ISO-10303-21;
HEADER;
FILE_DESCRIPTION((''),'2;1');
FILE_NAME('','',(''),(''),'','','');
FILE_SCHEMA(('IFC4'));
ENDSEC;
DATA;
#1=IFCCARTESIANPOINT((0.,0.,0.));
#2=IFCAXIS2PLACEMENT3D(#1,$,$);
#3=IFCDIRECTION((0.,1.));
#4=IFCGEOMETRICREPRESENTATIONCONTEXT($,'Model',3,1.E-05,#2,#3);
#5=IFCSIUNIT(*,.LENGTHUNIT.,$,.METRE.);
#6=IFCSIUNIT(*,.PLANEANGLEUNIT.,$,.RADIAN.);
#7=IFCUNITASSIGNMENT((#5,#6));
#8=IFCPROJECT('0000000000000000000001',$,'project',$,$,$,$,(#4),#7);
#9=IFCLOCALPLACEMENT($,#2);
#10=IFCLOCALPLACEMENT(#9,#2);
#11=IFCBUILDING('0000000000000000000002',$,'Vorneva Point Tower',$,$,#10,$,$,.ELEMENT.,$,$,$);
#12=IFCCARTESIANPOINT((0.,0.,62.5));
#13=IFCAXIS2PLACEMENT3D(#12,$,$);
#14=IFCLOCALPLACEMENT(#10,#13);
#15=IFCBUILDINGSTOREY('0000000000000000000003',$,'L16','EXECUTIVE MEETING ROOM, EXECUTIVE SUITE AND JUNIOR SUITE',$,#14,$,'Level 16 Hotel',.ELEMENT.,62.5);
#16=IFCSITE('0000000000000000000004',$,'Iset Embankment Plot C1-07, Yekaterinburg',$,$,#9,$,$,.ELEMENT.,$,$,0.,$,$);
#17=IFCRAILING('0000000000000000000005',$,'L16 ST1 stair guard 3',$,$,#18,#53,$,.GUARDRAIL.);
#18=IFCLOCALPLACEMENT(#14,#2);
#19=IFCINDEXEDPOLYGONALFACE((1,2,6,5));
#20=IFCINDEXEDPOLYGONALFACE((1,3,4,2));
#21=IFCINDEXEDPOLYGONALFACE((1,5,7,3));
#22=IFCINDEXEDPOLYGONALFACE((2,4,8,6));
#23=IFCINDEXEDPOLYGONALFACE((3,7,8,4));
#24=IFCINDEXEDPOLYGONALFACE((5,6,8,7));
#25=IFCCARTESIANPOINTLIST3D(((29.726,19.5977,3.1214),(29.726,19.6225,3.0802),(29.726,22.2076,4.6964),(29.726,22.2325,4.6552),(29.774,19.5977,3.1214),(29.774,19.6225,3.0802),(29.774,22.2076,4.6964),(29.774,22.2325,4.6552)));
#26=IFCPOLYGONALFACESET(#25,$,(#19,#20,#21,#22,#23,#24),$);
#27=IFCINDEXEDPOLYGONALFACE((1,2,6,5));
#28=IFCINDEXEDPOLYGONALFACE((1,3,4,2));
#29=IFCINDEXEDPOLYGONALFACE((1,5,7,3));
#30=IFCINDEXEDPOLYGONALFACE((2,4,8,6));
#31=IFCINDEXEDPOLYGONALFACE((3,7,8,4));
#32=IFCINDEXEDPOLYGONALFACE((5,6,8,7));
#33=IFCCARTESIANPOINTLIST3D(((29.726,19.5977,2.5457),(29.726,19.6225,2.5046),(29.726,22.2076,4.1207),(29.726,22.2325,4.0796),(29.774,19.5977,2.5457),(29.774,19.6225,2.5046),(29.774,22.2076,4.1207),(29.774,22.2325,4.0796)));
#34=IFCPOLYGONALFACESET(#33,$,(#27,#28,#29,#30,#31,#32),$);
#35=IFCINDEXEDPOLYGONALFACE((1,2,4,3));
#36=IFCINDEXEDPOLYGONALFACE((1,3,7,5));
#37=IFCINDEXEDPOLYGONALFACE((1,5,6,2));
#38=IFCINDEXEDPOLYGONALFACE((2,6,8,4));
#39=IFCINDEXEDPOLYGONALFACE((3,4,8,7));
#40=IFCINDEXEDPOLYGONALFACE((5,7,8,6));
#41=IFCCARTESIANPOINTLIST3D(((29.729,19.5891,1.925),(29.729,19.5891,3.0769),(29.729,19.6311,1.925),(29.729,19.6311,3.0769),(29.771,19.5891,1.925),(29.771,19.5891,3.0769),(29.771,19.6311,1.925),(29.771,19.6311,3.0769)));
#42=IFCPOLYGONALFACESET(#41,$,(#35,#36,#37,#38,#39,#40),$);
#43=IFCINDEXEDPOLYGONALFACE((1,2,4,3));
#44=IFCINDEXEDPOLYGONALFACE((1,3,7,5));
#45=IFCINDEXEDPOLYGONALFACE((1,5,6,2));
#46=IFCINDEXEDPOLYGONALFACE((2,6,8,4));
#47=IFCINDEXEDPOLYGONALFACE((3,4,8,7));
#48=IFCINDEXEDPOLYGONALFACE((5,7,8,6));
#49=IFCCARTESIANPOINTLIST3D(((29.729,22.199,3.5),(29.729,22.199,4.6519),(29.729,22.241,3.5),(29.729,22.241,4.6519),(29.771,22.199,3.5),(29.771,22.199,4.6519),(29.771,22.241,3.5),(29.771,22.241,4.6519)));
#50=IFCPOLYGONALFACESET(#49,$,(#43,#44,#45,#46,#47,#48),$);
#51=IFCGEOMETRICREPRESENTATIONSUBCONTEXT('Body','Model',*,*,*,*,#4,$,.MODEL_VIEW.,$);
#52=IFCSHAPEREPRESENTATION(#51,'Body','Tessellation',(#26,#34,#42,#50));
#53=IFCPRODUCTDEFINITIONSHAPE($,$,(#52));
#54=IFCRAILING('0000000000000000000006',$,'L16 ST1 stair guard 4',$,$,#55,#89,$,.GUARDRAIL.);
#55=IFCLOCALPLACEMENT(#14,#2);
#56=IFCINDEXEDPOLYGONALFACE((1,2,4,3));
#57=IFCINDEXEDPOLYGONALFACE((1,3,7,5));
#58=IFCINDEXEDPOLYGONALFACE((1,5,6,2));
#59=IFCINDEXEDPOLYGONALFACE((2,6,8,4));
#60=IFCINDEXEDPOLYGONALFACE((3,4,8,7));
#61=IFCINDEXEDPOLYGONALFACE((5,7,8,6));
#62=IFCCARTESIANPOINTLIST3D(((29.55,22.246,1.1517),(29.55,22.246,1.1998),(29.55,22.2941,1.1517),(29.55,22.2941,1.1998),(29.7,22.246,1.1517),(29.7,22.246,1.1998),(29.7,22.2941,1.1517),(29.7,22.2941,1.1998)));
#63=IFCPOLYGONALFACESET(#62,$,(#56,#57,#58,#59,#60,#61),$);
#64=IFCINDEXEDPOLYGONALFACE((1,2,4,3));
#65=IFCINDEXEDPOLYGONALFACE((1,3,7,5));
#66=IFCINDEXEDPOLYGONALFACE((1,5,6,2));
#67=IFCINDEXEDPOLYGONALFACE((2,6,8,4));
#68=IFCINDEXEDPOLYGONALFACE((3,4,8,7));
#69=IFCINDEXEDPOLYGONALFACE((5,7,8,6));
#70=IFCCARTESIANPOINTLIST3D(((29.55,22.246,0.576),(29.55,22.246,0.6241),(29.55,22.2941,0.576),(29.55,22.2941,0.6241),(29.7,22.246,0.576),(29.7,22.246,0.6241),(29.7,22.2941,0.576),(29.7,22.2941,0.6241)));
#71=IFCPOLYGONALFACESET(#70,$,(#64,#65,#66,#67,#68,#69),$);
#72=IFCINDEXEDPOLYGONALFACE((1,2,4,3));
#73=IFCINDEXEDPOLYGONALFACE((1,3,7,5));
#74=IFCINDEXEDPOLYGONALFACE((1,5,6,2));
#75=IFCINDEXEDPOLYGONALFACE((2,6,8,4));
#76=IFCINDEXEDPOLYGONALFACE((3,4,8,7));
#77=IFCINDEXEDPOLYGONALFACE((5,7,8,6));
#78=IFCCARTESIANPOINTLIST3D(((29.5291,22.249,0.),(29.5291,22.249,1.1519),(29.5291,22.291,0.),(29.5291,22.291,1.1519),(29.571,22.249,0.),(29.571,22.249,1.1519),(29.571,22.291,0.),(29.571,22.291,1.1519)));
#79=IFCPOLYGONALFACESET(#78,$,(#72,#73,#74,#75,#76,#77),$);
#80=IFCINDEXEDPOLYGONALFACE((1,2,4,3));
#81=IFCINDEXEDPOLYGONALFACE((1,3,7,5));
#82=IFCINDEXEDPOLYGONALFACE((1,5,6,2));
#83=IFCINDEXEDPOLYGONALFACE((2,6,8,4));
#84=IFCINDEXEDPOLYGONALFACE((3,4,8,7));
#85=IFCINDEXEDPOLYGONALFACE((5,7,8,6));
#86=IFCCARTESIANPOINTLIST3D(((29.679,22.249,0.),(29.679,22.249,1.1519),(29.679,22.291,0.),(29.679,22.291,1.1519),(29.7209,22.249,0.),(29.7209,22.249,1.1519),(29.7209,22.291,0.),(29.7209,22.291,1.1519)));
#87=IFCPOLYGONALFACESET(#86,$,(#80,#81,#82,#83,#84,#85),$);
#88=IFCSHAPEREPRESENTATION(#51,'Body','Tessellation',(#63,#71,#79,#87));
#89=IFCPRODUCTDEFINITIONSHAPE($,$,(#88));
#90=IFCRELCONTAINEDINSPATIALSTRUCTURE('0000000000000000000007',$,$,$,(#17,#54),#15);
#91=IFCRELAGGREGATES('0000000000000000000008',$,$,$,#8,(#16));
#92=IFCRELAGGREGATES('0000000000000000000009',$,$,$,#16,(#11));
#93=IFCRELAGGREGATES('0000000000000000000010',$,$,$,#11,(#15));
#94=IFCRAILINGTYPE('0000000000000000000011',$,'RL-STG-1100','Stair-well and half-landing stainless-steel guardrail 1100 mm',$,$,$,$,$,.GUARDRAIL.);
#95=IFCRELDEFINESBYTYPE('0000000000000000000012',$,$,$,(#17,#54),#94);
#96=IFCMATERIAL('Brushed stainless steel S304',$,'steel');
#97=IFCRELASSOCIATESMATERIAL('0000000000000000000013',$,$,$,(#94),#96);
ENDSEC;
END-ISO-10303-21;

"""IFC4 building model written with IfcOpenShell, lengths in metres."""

from ifc_helpers import new_model, si_unit, direction, frame, origin, origin_2d, place, context, subcontext, project, spatial, rectangle, extrude, material, type_object, element, save


model = new_model("IFC4")

# Units and contexts
model_context = context("Model", 3, precision=1e-05, world=origin(), true_north=direction((0.0, 1.0)))
body_context = subcontext(model_context, "Body", "Model", "MODEL_VIEW")
ifc_project = project(units=[si_unit("LENGTHUNIT", "METRE"), si_unit("PLANEANGLEUNIT", "RADIAN")], contexts=[model_context])

# Site, building, storey
site_placement = place(None, origin())
site = spatial("IfcSite", under=ifc_project, at=site_placement, Name="Iset Embankment Plot C1-07, Yekaterinburg", CompositionType="ELEMENT", RefElevation=0.0)
building_placement = place(site_placement, origin())
building = spatial("IfcBuilding", under=site, at=building_placement, Name="Vorneva Point Tower", CompositionType="ELEMENT")
storey_placement = place(building_placement, frame((0.0, 0.0, 62.5)))
storey = spatial("IfcBuildingStorey", under=building, at=storey_placement, Name="L16", Description="EXECUTIVE MEETING ROOM, EXECUTIVE SUITE AND JUNIOR SUITE", LongName="Level 16 Hotel", CompositionType="ELEMENT", Elevation=62.5)

# Railings
ifc_material_1 = material(Name="Brushed stainless steel S304", Category="steel")
railing_type_1 = type_object("IfcRailingType", Name="RL-STG-1100", Description="Stair-well and half-landing stainless-steel guardrail 1100 mm", PredefinedType="GUARDRAIL", material=ifc_material_1)
railing_1_placement = place(storey_placement, frame((29.75, 19.6101, 1.925)))
element("IfcRailing", 1, at=railing_1_placement, inside=storey, type_object=railing_type_1, Name="L16 ST1 stair guard 3", PredefinedType="GUARDRAIL", context=body_context, shape_type="SweptSolid", body=[
    extrude(rectangle(XDim=0.0481, YDim=0.0481, at=origin_2d()), frame((0.0, 0.0, 1.1758), z_axis=(0.0, 0.856183, 0.516673), x_axis=(-1.0, 0.0, 0.0)), (0.0, 0.0, 1.0), 3.0483),
    extrude(rectangle(XDim=0.0481, YDim=0.0481, at=origin_2d()), frame((0.0, 0.0, 0.6001), z_axis=(0.0, 0.856183, 0.516673), x_axis=(-1.0, 0.0, 0.0)), (0.0, 0.0, 1.0), 3.0483),
    extrude(rectangle(XDim=0.042, YDim=0.042, at=origin_2d()), origin(), (0.0, 0.0, 1.0), 1.1519),
    extrude(rectangle(XDim=0.042, YDim=0.042, at=origin_2d()), frame((0.0, 2.6099, 1.575)), (0.0, 0.0, 1.0), 1.1519),
])
railing_2_placement = place(storey_placement, frame((29.55, 22.27, 0.0)))
element("IfcRailing", 2, at=railing_2_placement, inside=storey, type_object=railing_type_1, Name="L16 ST1 stair guard 4", PredefinedType="GUARDRAIL", context=body_context, shape_type="SweptSolid", body=[
    extrude(rectangle(XDim=0.0481, YDim=0.0481, at=origin_2d()), frame((0.0, 0.0, 1.1758), z_axis=(1.0, 0.0, 0.0), x_axis=(0.0, 1.0, 0.0)), (0.0, 0.0, 1.0), 0.1499),
    extrude(rectangle(XDim=0.0481, YDim=0.0481, at=origin_2d()), frame((0.0, 0.0, 0.6001), z_axis=(1.0, 0.0, 0.0), x_axis=(0.0, 1.0, 0.0)), (0.0, 0.0, 1.0), 0.1499),
    extrude(rectangle(XDim=0.042, YDim=0.042, at=origin_2d()), origin(), (0.0, 0.0, 1.0), 1.1519),
    extrude(rectangle(XDim=0.042, YDim=0.042, at=origin_2d()), frame((0.1499, 0.0, 0.0)), (0.0, 0.0, 1.0), 1.1519),
])

save(model, "model.ifc")
